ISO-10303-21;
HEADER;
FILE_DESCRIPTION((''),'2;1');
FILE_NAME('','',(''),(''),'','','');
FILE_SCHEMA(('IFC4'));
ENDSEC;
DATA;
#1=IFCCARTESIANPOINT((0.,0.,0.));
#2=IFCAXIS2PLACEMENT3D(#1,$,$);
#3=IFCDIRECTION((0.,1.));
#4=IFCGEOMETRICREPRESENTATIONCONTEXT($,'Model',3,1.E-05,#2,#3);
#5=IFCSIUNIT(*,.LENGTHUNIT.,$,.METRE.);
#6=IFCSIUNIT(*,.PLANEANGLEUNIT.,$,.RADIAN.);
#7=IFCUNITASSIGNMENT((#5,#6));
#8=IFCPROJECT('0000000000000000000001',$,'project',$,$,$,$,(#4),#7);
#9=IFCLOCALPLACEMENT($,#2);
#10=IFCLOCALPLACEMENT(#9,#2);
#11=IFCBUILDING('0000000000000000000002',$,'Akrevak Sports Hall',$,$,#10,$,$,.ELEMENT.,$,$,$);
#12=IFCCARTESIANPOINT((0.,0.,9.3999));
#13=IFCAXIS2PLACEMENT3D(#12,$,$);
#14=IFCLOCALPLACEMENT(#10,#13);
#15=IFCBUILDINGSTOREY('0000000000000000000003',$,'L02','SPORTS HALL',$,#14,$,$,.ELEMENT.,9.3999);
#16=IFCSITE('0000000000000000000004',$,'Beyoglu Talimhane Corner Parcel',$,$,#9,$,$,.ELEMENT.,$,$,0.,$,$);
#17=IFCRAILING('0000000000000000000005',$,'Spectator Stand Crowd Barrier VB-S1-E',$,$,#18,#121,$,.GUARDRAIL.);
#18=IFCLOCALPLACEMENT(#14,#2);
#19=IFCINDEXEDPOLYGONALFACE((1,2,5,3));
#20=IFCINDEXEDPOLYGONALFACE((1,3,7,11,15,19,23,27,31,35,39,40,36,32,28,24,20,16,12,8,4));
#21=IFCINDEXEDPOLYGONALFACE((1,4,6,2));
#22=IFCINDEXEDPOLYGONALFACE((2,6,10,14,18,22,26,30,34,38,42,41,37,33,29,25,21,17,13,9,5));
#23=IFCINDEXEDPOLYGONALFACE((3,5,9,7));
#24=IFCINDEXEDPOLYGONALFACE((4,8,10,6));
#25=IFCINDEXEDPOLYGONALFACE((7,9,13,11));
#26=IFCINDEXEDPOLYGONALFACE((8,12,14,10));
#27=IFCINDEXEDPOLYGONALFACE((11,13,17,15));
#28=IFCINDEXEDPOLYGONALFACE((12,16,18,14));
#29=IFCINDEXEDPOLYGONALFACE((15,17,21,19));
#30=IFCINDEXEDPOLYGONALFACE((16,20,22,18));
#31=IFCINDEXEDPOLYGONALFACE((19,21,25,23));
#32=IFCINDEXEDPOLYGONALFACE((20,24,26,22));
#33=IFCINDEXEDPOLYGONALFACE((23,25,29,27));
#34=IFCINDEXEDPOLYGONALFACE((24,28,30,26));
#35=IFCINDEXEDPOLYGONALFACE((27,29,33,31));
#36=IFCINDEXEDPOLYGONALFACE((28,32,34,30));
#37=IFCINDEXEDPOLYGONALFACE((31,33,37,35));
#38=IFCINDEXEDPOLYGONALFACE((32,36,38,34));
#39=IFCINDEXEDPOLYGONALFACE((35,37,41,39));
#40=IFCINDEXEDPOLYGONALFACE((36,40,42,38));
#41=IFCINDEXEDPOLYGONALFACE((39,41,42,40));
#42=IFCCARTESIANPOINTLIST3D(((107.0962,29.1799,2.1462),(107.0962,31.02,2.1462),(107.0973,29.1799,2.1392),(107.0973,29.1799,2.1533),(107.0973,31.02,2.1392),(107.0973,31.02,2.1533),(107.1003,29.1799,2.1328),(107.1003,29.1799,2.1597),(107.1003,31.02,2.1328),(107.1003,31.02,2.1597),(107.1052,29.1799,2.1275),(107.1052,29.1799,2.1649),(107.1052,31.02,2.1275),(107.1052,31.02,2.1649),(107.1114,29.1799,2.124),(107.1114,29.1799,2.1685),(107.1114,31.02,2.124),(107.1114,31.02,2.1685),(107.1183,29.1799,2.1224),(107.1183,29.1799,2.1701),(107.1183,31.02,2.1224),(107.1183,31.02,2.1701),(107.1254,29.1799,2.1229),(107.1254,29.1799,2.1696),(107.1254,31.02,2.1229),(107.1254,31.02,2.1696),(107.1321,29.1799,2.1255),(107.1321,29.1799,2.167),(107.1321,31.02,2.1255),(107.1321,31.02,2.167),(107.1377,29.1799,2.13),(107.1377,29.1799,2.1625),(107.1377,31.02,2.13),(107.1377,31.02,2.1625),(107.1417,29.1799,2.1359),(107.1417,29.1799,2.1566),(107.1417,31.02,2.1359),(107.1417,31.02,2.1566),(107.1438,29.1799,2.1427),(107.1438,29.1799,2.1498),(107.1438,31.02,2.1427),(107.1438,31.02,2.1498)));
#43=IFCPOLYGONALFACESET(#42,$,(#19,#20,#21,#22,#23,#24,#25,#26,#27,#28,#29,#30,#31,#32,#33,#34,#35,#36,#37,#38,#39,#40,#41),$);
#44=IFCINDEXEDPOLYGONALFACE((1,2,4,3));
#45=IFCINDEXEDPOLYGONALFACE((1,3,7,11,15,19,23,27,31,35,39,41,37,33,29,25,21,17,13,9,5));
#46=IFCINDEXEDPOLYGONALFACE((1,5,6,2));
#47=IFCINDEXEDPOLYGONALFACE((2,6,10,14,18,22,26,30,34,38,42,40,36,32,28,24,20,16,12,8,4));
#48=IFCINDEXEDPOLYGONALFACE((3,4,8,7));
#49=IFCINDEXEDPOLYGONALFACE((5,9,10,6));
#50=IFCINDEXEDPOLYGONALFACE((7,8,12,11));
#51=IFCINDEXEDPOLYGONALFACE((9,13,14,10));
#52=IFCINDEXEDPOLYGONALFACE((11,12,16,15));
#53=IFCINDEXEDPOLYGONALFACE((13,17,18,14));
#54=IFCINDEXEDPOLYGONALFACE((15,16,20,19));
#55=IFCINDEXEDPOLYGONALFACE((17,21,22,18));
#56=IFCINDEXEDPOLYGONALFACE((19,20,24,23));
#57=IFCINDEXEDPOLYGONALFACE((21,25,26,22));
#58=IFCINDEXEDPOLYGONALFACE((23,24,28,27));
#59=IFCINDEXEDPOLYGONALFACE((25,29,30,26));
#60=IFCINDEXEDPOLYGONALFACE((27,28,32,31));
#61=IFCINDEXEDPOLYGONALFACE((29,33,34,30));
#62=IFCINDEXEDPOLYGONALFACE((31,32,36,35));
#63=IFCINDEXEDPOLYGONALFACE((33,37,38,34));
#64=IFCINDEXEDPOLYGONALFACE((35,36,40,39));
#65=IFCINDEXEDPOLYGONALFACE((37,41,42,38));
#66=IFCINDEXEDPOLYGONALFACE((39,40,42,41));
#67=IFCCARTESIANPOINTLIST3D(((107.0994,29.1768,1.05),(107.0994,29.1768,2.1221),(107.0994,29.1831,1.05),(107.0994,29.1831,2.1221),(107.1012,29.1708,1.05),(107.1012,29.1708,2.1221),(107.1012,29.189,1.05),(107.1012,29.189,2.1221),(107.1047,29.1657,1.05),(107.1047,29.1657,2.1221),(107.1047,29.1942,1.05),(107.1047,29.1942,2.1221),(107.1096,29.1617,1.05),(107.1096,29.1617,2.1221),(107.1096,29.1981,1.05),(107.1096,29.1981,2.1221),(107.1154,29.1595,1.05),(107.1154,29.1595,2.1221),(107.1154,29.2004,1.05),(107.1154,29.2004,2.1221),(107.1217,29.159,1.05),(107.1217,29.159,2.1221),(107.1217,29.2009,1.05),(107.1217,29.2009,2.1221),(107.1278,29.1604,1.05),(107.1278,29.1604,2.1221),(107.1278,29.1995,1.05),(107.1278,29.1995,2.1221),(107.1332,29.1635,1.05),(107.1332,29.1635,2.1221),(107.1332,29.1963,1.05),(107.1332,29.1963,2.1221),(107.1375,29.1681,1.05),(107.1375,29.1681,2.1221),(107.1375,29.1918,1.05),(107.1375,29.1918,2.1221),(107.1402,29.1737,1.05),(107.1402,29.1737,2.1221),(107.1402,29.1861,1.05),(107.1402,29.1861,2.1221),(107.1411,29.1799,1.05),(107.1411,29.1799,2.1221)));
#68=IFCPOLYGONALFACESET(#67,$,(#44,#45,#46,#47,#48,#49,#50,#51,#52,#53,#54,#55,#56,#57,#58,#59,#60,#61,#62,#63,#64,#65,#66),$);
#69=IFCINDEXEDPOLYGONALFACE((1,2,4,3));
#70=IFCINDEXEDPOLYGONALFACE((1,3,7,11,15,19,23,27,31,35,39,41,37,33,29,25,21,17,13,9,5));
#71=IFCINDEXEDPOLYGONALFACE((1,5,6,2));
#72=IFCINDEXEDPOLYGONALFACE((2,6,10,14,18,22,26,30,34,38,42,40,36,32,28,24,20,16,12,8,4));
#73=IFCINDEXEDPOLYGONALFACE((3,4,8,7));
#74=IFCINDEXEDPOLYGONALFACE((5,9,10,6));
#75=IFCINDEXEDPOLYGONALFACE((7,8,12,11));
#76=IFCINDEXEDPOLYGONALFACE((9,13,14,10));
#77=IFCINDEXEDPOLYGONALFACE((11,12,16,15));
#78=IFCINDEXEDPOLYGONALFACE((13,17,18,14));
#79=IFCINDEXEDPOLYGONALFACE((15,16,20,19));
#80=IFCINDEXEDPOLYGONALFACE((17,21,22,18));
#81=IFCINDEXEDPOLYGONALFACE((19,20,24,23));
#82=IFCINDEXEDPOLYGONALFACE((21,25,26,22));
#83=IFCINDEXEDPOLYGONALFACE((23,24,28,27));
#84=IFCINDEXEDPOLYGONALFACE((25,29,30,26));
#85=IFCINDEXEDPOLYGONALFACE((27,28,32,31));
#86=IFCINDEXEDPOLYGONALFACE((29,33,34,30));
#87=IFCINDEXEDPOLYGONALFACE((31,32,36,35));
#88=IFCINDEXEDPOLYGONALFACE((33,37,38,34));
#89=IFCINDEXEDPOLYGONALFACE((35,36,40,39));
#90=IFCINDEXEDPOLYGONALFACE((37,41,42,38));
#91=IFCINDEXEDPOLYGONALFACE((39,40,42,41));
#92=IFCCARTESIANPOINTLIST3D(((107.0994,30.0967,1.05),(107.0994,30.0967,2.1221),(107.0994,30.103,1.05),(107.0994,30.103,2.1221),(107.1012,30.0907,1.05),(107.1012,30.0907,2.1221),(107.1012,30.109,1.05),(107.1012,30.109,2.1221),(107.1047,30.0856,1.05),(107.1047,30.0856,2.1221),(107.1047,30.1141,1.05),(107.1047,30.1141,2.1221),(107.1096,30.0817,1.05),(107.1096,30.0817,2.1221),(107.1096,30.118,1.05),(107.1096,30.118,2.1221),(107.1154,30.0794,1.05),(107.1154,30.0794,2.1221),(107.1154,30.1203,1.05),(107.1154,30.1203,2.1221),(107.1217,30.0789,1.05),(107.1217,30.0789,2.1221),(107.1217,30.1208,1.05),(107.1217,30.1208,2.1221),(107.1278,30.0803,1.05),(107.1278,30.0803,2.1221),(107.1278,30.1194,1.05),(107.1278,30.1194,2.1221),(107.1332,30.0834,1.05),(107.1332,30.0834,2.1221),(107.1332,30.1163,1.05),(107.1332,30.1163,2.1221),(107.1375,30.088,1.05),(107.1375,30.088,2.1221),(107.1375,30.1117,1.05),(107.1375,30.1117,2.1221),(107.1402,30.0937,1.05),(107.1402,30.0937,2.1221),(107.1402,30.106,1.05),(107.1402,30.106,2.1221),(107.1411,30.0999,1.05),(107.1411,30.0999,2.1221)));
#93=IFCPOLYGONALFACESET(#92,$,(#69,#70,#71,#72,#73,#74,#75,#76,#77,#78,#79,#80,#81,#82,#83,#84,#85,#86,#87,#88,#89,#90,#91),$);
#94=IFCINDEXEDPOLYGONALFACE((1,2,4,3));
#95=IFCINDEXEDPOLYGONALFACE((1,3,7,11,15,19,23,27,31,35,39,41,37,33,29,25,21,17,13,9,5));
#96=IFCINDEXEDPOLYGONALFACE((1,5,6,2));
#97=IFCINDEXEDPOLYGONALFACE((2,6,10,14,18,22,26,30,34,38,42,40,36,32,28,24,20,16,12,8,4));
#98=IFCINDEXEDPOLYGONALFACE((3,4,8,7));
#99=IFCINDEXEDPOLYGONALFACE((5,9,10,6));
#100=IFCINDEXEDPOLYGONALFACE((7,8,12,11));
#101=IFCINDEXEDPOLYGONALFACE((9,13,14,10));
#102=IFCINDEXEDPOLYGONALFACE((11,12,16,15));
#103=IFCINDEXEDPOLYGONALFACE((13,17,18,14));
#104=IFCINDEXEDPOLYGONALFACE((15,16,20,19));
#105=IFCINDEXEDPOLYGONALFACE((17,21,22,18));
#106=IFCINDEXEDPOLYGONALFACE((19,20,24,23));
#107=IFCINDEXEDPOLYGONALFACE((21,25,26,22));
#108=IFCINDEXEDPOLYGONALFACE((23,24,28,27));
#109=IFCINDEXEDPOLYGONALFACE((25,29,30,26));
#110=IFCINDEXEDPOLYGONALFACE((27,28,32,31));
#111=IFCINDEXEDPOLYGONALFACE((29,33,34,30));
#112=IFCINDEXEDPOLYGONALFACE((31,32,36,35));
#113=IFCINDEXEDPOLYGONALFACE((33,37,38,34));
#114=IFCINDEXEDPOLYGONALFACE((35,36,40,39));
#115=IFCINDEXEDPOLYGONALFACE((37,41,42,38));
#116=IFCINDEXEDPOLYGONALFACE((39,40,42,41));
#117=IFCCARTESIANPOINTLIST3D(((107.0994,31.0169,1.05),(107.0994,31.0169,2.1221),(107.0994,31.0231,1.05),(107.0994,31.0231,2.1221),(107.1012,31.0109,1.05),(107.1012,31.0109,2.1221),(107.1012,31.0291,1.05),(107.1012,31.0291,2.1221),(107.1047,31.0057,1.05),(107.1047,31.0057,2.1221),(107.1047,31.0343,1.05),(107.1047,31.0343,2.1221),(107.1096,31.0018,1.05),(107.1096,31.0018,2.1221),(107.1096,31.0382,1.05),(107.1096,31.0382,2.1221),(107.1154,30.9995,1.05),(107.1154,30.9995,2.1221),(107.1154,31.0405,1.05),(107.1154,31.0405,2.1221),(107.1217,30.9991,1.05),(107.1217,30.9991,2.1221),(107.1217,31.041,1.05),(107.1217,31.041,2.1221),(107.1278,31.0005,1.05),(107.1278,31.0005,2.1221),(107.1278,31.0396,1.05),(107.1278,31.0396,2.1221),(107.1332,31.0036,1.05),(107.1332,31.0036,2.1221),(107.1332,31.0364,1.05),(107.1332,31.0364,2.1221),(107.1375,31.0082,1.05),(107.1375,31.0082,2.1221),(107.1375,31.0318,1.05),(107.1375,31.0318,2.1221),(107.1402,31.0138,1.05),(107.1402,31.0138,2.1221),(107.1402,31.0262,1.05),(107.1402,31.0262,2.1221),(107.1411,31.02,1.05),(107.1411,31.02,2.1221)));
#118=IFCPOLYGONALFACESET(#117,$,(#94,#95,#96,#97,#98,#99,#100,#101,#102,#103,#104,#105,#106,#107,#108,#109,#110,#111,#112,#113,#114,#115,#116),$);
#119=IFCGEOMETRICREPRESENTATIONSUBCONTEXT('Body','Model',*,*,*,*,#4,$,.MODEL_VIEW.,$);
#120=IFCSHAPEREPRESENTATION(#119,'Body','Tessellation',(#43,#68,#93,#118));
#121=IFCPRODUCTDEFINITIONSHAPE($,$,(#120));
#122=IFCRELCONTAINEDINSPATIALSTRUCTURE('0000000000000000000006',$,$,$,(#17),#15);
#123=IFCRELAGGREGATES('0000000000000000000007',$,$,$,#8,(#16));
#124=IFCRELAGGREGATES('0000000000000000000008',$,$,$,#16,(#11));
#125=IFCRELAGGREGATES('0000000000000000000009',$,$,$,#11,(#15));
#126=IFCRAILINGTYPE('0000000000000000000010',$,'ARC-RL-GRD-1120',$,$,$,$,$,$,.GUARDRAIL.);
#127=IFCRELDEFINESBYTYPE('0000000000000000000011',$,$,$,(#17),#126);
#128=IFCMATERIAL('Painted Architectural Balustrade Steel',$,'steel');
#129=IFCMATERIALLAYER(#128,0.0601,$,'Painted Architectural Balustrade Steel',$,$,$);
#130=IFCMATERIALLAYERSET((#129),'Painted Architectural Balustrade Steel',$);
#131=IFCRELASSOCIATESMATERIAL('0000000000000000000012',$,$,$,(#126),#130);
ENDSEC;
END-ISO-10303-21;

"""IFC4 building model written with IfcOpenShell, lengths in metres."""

from ifc_helpers import new_model, si_unit, direction, frame, origin, origin_2d, place, context, subcontext, project, spatial, circle, extrude, material, layer, layer_set, type_object, element, save


model = new_model("IFC4")

# Units and contexts
model_context = context("Model", 3, precision=1e-05, world=origin(), true_north=direction((0.0, 1.0)))
body_context = subcontext(model_context, "Body", "Model", "MODEL_VIEW")
ifc_project = project(units=[si_unit("LENGTHUNIT", "METRE"), si_unit("PLANEANGLEUNIT", "RADIAN")], contexts=[model_context])

# Site, building, storey
site_placement = place(None, origin())
site = spatial("IfcSite", under=ifc_project, at=site_placement, Name="Beyoglu Talimhane Corner Parcel", CompositionType="ELEMENT", RefElevation=0.0)
building_placement = place(site_placement, origin())
building = spatial("IfcBuilding", under=site, at=building_placement, Name="Akrevak Sports Hall", CompositionType="ELEMENT")
storey_placement = place(building_placement, frame((0.0, 0.0, 9.3999)))
storey = spatial("IfcBuildingStorey", under=building, at=storey_placement, Name="L02", Description="SPORTS HALL", CompositionType="ELEMENT", Elevation=9.3999)

# Railing
ifc_material_1 = material(Name="Painted Architectural Balustrade Steel", Category="steel")
ifc_layer_1 = layer(ifc_material_1, 0.0601, Name="Painted Architectural Balustrade Steel")
ifc_layer_set_1 = layer_set([ifc_layer_1], Name="Painted Architectural Balustrade Steel")
railing_type_1 = type_object("IfcRailingType", Name="ARC-RL-GRD-1120", PredefinedType="GUARDRAIL", material=ifc_layer_set_1)
for number, where, name in (
    (1, (107.1201, 29.1799, 1.05), "Spectator Stand Crowd Barrier VB-S1-E"),
):
    element("IfcRailing", number, at=place(storey_placement, frame(where)), inside=storey, type_object=railing_type_1, Name=name, PredefinedType="GUARDRAIL", context=body_context, shape_type="SweptSolid", body=[
        extrude(circle(Radius=0.0239, at=origin_2d()), frame((0.0, 0.0, 1.0962), z_axis=(0.0, 1.0, 0.0), x_axis=(-1.0, 0.0, 0.0)), (0.0, 0.0, 1.0), 1.8401),
        extrude(circle(Radius=0.021, at=origin_2d()), origin(), (0.0, 0.0, 1.0), 1.072),
        extrude(circle(Radius=0.021, at=origin_2d()), frame((0.0, 0.9199, 0.0)), (0.0, 0.0, 1.0), 1.072),
        extrude(circle(Radius=0.021, at=origin_2d()), frame((0.0, 1.8401, 0.0)), (0.0, 0.0, 1.0), 1.072),
    ])

save(model, "model.ifc")
